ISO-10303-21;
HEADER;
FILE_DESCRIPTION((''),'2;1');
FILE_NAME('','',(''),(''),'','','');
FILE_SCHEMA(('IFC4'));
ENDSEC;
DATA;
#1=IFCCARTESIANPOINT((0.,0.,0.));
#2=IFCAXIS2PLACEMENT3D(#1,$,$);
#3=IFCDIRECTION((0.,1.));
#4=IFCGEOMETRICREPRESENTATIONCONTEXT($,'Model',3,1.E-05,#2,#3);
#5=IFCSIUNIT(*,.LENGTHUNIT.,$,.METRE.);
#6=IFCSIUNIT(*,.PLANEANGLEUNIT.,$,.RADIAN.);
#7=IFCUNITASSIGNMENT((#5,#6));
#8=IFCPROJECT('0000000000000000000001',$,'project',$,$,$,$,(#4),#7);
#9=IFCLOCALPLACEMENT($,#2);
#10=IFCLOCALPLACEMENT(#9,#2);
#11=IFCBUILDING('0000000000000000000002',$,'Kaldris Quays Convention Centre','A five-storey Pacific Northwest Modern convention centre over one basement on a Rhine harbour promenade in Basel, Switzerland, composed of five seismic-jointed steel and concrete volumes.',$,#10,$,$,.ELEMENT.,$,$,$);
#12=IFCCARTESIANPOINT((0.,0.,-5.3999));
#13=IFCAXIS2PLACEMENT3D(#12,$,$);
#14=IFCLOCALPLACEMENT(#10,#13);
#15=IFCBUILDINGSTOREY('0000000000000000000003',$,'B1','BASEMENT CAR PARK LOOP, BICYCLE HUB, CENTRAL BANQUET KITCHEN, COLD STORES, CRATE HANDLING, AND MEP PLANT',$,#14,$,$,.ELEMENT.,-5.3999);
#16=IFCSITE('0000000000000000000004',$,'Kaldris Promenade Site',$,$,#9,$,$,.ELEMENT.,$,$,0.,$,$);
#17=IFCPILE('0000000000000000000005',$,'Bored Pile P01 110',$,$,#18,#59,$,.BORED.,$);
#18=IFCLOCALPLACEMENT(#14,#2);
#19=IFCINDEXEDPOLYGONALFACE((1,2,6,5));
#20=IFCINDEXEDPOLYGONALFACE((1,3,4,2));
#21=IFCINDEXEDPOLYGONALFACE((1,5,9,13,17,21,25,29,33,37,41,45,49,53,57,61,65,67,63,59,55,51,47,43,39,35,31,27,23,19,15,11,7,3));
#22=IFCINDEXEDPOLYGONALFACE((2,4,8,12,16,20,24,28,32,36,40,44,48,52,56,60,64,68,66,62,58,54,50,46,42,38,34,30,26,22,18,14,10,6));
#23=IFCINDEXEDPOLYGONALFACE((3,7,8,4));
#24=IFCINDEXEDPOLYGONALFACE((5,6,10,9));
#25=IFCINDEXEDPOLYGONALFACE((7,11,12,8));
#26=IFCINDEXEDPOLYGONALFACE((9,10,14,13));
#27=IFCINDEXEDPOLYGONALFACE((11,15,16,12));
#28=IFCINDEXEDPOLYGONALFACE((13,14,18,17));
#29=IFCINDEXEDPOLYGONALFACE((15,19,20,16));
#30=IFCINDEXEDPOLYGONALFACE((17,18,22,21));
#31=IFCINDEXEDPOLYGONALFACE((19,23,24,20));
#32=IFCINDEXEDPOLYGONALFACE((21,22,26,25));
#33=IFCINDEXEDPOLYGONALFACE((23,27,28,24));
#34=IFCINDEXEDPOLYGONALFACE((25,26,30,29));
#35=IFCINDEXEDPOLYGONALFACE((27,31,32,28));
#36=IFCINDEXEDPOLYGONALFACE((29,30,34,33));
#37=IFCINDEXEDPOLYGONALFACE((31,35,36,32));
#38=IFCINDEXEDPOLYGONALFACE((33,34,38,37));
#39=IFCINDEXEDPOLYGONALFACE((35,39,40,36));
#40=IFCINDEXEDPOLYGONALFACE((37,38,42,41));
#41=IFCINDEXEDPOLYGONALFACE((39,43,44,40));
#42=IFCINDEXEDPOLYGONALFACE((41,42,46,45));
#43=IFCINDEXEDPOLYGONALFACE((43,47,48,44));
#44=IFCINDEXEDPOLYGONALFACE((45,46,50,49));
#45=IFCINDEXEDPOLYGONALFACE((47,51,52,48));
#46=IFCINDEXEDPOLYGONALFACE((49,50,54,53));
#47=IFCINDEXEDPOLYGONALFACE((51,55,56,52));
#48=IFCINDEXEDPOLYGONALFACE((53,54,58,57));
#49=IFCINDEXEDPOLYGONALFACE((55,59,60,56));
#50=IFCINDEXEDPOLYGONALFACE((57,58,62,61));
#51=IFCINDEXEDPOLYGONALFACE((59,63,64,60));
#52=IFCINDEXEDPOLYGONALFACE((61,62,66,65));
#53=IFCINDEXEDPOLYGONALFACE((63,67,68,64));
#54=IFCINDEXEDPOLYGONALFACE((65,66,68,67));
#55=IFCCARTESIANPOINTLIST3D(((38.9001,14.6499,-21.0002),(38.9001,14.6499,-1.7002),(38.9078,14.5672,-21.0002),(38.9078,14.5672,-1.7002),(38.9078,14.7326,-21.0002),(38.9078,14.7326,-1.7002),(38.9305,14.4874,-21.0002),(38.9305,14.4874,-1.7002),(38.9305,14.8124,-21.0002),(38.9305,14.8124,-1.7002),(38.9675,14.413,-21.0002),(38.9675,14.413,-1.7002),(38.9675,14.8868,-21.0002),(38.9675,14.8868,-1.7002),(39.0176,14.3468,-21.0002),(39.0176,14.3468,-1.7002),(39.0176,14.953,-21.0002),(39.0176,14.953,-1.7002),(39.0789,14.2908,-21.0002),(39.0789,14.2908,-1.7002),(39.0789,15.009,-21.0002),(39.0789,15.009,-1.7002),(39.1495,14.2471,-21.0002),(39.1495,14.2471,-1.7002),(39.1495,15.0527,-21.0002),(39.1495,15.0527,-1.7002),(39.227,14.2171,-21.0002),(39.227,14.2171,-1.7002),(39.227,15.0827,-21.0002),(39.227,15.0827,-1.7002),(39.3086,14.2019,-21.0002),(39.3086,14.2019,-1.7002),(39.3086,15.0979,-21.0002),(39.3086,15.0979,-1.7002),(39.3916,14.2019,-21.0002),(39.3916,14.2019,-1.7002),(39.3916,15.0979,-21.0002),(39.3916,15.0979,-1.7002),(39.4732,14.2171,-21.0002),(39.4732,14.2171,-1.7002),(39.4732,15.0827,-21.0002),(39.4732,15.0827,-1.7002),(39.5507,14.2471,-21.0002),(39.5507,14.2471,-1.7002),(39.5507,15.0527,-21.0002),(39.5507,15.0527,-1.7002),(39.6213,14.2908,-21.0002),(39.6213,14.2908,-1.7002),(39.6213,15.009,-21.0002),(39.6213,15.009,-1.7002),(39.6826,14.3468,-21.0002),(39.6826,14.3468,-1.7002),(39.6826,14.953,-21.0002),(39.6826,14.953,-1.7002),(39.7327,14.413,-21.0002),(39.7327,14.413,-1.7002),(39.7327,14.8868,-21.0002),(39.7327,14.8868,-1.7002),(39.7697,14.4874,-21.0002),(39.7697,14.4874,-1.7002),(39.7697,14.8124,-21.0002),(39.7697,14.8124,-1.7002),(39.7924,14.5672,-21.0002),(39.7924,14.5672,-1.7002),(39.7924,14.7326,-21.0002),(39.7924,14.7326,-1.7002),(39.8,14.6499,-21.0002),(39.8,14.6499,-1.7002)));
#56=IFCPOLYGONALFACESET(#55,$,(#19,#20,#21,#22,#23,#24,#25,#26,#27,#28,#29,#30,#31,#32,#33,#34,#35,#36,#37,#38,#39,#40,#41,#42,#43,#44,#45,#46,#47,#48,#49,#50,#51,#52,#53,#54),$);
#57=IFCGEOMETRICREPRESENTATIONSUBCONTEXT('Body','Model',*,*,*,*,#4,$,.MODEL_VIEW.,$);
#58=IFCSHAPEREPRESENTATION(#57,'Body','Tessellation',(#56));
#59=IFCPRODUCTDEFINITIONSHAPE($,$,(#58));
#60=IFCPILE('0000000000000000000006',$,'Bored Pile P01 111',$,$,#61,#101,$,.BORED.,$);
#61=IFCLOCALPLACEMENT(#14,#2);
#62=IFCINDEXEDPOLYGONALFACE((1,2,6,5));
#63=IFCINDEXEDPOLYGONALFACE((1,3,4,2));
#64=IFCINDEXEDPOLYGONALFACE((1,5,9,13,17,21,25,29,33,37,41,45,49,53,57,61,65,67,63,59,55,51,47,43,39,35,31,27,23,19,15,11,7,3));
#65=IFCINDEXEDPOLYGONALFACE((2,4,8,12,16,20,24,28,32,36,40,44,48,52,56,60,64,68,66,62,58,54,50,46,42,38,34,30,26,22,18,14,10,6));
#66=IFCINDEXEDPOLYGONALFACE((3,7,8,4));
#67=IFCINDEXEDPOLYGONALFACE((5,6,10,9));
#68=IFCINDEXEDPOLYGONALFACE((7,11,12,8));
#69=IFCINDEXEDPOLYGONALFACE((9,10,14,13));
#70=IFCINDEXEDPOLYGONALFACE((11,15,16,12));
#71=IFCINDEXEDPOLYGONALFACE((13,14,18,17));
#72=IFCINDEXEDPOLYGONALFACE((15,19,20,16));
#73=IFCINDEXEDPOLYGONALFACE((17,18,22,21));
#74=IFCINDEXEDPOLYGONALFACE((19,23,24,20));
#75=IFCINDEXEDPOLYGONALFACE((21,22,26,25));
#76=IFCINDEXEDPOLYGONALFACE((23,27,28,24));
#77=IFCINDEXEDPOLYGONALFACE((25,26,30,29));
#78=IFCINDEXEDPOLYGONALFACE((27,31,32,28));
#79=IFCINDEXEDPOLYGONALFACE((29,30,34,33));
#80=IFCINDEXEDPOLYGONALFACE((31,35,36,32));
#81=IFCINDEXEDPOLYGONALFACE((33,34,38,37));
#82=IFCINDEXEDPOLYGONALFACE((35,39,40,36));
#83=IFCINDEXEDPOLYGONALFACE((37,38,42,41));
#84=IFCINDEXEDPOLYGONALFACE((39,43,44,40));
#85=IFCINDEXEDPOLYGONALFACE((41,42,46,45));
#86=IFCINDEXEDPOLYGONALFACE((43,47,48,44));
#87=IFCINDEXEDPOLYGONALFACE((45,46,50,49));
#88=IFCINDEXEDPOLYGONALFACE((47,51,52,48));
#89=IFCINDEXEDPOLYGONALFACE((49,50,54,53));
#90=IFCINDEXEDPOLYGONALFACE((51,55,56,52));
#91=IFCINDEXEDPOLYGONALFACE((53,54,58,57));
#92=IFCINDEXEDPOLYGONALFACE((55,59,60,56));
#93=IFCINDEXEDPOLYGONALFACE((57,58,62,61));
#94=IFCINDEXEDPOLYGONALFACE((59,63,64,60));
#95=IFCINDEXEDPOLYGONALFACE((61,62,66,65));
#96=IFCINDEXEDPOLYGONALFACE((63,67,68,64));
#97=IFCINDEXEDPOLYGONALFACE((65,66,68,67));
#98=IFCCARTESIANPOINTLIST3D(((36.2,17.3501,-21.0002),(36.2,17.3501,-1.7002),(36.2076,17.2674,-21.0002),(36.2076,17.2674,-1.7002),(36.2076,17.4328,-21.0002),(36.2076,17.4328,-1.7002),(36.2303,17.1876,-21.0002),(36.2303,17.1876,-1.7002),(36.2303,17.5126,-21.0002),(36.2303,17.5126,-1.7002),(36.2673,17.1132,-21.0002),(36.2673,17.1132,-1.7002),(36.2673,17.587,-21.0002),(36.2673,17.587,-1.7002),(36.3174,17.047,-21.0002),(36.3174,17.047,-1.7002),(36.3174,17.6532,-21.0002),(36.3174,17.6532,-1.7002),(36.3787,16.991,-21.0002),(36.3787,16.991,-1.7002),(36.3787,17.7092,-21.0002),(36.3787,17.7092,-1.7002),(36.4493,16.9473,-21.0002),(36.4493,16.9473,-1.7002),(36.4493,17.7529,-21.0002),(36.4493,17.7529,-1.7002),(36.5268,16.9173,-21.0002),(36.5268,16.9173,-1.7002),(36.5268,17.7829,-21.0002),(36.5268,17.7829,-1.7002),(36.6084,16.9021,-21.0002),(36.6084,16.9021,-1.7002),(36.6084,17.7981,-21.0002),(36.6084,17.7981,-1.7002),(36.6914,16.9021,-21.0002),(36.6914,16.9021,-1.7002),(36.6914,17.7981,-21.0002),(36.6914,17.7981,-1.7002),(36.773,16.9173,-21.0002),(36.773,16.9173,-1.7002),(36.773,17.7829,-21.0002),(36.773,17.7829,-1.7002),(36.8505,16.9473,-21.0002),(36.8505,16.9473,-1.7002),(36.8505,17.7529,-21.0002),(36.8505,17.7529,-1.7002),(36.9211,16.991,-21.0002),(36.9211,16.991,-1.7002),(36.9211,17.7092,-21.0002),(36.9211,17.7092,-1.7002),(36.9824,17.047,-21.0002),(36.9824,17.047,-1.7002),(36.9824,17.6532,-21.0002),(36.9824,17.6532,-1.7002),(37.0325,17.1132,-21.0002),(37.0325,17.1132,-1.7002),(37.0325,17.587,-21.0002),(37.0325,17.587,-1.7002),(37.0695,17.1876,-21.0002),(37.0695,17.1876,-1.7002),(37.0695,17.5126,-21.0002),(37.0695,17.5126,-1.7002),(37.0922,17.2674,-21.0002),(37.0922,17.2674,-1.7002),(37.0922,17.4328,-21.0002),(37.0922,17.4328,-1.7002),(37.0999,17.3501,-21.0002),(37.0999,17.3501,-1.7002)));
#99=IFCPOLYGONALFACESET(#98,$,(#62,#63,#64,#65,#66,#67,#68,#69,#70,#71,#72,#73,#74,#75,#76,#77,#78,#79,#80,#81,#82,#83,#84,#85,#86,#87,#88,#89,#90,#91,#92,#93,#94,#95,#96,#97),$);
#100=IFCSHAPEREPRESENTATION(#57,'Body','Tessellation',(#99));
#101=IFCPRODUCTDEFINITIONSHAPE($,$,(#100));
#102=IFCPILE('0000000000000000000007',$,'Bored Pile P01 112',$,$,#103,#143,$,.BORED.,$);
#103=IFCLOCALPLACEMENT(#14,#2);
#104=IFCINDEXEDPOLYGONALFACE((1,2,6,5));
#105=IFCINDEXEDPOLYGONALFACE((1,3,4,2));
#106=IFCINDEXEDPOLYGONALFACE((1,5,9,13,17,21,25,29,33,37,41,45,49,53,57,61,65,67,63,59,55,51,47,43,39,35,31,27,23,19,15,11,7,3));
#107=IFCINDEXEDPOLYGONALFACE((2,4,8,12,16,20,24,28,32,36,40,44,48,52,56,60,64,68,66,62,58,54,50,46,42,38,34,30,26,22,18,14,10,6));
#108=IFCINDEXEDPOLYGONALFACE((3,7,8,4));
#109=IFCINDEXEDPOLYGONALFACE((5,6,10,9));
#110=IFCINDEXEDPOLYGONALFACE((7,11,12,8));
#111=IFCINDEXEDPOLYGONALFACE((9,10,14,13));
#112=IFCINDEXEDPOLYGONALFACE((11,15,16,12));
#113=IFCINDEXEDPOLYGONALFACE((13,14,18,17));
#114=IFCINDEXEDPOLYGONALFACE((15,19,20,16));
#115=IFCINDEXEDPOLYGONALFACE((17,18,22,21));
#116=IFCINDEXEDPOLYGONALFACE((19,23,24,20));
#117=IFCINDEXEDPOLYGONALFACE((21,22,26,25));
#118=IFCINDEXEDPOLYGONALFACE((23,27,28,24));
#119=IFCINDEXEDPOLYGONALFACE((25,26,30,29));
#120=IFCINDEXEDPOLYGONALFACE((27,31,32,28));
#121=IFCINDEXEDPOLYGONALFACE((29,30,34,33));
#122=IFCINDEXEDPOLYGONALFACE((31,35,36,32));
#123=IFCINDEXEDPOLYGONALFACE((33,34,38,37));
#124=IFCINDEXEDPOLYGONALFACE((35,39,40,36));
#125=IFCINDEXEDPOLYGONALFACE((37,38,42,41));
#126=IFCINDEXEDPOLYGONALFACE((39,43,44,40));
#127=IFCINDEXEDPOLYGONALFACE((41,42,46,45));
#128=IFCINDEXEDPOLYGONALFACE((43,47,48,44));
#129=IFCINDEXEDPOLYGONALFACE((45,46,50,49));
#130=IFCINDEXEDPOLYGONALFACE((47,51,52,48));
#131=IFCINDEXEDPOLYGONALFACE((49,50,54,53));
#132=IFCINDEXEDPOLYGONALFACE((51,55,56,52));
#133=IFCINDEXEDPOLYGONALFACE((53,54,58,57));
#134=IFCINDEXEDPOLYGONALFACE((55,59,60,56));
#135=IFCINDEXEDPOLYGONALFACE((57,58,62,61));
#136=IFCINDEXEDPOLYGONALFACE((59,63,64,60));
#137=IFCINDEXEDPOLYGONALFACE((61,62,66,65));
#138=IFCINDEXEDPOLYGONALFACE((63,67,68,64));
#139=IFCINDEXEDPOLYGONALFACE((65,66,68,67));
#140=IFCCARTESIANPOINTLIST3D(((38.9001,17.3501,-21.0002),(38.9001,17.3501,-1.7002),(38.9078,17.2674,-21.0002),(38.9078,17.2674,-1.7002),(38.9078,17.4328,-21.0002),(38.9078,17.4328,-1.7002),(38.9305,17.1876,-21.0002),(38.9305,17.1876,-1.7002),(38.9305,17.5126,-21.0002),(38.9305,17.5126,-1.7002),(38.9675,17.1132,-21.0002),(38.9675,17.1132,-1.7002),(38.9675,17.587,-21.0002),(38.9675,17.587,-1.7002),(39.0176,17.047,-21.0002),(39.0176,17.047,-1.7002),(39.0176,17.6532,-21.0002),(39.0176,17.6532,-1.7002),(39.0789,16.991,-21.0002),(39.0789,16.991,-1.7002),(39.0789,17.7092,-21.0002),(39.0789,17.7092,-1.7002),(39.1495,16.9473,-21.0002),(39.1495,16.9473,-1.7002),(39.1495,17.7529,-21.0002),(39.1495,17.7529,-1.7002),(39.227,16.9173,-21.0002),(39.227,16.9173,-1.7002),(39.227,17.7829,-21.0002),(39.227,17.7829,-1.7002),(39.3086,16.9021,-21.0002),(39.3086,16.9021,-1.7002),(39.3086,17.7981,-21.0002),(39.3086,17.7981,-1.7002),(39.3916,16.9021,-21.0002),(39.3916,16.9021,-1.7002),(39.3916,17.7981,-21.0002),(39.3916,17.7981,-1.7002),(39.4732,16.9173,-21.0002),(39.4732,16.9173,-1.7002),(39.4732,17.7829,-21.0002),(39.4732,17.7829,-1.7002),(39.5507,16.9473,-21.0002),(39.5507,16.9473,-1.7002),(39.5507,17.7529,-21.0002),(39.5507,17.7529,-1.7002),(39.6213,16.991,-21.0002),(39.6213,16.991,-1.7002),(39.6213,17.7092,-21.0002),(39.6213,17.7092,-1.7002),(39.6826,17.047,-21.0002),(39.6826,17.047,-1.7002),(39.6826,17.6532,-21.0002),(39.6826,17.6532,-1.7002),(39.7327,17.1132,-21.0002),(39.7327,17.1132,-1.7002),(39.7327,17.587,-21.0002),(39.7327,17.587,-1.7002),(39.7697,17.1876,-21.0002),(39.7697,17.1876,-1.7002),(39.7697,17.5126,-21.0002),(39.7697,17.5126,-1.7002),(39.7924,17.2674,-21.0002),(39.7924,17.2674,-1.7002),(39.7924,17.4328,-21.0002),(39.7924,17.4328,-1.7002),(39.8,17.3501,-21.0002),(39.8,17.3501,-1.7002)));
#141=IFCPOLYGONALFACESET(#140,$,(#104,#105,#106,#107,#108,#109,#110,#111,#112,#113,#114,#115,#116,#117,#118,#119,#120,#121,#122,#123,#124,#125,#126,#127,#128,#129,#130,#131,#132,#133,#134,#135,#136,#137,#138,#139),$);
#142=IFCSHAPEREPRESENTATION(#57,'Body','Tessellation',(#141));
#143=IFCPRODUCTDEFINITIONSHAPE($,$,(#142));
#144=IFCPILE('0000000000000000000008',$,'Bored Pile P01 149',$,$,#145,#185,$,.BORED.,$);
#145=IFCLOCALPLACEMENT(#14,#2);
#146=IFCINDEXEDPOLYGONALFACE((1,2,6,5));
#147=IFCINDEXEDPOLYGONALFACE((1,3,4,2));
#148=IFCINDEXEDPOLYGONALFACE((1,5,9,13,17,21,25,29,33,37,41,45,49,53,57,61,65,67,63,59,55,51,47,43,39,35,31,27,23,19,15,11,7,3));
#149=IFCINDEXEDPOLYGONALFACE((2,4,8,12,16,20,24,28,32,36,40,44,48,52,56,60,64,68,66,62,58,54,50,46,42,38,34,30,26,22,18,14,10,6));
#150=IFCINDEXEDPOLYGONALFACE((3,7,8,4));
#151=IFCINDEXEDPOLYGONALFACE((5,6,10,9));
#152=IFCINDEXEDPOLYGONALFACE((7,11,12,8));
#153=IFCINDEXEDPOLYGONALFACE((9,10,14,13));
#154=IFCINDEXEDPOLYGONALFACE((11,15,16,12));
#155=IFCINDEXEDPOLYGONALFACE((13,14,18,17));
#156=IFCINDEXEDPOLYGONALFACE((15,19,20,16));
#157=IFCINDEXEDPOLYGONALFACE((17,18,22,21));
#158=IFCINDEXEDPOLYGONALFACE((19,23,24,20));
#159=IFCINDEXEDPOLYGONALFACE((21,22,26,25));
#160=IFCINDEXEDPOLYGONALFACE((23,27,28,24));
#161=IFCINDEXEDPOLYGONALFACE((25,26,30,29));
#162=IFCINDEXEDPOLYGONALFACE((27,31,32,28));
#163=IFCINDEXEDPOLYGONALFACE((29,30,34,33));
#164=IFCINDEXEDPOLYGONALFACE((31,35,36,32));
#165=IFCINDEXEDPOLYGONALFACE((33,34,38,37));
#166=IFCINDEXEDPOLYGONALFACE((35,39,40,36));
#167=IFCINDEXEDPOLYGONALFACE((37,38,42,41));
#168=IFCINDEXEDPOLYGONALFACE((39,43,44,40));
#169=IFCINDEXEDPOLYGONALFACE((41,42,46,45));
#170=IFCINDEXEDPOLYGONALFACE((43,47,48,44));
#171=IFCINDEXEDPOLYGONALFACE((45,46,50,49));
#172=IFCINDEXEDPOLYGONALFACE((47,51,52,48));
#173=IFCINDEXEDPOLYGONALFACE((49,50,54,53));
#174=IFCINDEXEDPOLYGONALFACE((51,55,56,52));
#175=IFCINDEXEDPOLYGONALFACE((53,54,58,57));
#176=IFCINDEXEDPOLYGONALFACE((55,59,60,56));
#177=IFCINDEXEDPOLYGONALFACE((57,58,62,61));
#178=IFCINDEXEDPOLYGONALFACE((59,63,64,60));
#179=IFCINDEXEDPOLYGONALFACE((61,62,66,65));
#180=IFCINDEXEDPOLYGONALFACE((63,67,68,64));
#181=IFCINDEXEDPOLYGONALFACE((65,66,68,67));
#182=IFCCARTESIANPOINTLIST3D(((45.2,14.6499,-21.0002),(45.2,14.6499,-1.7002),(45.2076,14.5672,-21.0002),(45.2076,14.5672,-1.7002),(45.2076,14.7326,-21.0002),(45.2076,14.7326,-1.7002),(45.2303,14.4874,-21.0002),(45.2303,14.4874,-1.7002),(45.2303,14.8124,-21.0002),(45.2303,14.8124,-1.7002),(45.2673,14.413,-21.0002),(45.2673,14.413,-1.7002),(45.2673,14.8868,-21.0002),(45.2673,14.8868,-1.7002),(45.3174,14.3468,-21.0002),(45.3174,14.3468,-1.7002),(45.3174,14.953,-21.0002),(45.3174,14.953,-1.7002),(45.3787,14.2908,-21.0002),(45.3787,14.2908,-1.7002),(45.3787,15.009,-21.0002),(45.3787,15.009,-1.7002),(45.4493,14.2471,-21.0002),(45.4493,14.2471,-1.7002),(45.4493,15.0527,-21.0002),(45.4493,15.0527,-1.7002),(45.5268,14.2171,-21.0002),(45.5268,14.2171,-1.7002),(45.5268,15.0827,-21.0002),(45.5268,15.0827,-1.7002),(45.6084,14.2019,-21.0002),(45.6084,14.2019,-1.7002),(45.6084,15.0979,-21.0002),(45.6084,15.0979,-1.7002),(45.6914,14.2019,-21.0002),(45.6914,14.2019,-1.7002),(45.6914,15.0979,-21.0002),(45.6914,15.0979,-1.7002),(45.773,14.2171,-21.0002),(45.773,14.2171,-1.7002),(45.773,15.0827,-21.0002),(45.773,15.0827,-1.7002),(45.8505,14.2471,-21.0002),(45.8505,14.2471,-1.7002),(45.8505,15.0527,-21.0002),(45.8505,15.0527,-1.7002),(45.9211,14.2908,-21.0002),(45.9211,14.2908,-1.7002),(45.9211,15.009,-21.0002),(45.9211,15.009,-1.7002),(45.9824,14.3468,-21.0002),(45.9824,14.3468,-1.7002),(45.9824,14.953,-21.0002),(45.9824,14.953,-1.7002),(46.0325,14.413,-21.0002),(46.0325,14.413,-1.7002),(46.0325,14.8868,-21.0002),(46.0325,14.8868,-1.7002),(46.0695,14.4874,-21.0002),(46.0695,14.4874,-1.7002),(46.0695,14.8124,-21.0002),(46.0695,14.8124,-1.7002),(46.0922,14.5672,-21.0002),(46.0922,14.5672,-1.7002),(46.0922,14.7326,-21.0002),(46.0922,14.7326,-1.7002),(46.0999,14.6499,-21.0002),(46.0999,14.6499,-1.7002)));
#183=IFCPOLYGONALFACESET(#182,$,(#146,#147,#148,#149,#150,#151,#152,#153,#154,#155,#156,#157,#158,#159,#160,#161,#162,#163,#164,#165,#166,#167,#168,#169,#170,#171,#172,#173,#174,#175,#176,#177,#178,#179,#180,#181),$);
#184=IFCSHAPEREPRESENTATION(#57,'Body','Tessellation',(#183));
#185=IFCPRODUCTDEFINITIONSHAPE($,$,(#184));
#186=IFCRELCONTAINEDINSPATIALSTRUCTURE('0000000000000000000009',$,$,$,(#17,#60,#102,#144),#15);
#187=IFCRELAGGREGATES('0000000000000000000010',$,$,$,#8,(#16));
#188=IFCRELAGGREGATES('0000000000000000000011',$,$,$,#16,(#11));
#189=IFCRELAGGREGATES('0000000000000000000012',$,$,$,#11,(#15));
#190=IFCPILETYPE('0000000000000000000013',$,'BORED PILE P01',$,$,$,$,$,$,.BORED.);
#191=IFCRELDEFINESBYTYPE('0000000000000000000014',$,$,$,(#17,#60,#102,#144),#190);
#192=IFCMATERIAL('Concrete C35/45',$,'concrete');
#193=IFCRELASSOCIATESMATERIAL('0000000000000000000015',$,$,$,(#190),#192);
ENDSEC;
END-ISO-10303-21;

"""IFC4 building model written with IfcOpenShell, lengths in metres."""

from ifc_helpers import new_model, si_unit, direction, frame, origin, origin_2d, place, context, subcontext, project, spatial, circle, extrude, material, material_profile, profile_set, type_object, element, save


model = new_model("IFC4")

# Units and contexts
model_context = context("Model", 3, precision=1e-05, world=origin(), true_north=direction((0.0, 1.0)))
body_context = subcontext(model_context, "Body", "Model", "MODEL_VIEW")
ifc_project = project(units=[si_unit("LENGTHUNIT", "METRE"), si_unit("PLANEANGLEUNIT", "RADIAN")], contexts=[model_context])

# Site, building, storey
site_placement = place(None, origin())
site = spatial("IfcSite", under=ifc_project, at=site_placement, Name="Kaldris Promenade Site", CompositionType="ELEMENT", RefElevation=0.0)
building_placement = place(site_placement, origin())
building = spatial("IfcBuilding", under=site, at=building_placement, Name="Kaldris Quays Convention Centre", Description="A five-storey Pacific Northwest Modern convention centre over one basement on a Rhine harbour promenade in Basel, Switzerland, composed of five seismic-jointed steel and concrete volumes.", CompositionType="ELEMENT")
storey_placement = place(building_placement, frame((0.0, 0.0, -5.3999)))
storey = spatial("IfcBuildingStorey", under=building, at=storey_placement, Name="B1", Description="BASEMENT CAR PARK LOOP, BICYCLE HUB, CENTRAL BANQUET KITCHEN, COLD STORES, CRATE HANDLING, AND MEP PLANT", CompositionType="ELEMENT", Elevation=-5.3999)

# Piles
ifc_material_1 = material(Name="Concrete C35/45", Category="concrete")
ifc_material_profile_1 = material_profile(ifc_material_1, circle(Radius=0.45, at=origin_2d()), Name="BORED PILE D900")
ifc_profile_set_1 = profile_set([ifc_material_profile_1], Name="Concrete C35/45")
pile_type = type_object("IfcPileType", Name="BORED PILE P01", PredefinedType="BORED", material=ifc_profile_set_1)
for number, where, z_axis, x_axis, name in (
    (1, (39.3501, 14.6499, -1.7002), (0.0, 0.0, -1.0), (1.0, 0.0, 0.0), "Bored Pile P01 110"),
    (2, (36.6499, 17.3501, -1.7002), (0.0, 0.0, -1.0), (1.0, 0.0, 0.0), "Bored Pile P01 111"),
    (3, (39.3501, 17.3501, -1.7002), (0.0, 0.0, -1.0), (1.0, 0.0, 0.0), "Bored Pile P01 112"),
    (4, (45.6499, 14.6499, -1.7002), (0.0, 0.0, -1.0), (1.0, 0.0, 0.0), "Bored Pile P01 149"),
):
    element("IfcPile", number, at=place(storey_placement, frame(where, z_axis=z_axis, x_axis=x_axis)), inside=storey, type_object=pile_type, Name=name, PredefinedType="BORED", context=body_context, shape_type="SweptSolid", body=[
        extrude(circle(Radius=0.45, at=origin_2d()), origin(), (0.0, 0.0, 1.0), 19.3),
    ])

save(model, "model.ifc")
